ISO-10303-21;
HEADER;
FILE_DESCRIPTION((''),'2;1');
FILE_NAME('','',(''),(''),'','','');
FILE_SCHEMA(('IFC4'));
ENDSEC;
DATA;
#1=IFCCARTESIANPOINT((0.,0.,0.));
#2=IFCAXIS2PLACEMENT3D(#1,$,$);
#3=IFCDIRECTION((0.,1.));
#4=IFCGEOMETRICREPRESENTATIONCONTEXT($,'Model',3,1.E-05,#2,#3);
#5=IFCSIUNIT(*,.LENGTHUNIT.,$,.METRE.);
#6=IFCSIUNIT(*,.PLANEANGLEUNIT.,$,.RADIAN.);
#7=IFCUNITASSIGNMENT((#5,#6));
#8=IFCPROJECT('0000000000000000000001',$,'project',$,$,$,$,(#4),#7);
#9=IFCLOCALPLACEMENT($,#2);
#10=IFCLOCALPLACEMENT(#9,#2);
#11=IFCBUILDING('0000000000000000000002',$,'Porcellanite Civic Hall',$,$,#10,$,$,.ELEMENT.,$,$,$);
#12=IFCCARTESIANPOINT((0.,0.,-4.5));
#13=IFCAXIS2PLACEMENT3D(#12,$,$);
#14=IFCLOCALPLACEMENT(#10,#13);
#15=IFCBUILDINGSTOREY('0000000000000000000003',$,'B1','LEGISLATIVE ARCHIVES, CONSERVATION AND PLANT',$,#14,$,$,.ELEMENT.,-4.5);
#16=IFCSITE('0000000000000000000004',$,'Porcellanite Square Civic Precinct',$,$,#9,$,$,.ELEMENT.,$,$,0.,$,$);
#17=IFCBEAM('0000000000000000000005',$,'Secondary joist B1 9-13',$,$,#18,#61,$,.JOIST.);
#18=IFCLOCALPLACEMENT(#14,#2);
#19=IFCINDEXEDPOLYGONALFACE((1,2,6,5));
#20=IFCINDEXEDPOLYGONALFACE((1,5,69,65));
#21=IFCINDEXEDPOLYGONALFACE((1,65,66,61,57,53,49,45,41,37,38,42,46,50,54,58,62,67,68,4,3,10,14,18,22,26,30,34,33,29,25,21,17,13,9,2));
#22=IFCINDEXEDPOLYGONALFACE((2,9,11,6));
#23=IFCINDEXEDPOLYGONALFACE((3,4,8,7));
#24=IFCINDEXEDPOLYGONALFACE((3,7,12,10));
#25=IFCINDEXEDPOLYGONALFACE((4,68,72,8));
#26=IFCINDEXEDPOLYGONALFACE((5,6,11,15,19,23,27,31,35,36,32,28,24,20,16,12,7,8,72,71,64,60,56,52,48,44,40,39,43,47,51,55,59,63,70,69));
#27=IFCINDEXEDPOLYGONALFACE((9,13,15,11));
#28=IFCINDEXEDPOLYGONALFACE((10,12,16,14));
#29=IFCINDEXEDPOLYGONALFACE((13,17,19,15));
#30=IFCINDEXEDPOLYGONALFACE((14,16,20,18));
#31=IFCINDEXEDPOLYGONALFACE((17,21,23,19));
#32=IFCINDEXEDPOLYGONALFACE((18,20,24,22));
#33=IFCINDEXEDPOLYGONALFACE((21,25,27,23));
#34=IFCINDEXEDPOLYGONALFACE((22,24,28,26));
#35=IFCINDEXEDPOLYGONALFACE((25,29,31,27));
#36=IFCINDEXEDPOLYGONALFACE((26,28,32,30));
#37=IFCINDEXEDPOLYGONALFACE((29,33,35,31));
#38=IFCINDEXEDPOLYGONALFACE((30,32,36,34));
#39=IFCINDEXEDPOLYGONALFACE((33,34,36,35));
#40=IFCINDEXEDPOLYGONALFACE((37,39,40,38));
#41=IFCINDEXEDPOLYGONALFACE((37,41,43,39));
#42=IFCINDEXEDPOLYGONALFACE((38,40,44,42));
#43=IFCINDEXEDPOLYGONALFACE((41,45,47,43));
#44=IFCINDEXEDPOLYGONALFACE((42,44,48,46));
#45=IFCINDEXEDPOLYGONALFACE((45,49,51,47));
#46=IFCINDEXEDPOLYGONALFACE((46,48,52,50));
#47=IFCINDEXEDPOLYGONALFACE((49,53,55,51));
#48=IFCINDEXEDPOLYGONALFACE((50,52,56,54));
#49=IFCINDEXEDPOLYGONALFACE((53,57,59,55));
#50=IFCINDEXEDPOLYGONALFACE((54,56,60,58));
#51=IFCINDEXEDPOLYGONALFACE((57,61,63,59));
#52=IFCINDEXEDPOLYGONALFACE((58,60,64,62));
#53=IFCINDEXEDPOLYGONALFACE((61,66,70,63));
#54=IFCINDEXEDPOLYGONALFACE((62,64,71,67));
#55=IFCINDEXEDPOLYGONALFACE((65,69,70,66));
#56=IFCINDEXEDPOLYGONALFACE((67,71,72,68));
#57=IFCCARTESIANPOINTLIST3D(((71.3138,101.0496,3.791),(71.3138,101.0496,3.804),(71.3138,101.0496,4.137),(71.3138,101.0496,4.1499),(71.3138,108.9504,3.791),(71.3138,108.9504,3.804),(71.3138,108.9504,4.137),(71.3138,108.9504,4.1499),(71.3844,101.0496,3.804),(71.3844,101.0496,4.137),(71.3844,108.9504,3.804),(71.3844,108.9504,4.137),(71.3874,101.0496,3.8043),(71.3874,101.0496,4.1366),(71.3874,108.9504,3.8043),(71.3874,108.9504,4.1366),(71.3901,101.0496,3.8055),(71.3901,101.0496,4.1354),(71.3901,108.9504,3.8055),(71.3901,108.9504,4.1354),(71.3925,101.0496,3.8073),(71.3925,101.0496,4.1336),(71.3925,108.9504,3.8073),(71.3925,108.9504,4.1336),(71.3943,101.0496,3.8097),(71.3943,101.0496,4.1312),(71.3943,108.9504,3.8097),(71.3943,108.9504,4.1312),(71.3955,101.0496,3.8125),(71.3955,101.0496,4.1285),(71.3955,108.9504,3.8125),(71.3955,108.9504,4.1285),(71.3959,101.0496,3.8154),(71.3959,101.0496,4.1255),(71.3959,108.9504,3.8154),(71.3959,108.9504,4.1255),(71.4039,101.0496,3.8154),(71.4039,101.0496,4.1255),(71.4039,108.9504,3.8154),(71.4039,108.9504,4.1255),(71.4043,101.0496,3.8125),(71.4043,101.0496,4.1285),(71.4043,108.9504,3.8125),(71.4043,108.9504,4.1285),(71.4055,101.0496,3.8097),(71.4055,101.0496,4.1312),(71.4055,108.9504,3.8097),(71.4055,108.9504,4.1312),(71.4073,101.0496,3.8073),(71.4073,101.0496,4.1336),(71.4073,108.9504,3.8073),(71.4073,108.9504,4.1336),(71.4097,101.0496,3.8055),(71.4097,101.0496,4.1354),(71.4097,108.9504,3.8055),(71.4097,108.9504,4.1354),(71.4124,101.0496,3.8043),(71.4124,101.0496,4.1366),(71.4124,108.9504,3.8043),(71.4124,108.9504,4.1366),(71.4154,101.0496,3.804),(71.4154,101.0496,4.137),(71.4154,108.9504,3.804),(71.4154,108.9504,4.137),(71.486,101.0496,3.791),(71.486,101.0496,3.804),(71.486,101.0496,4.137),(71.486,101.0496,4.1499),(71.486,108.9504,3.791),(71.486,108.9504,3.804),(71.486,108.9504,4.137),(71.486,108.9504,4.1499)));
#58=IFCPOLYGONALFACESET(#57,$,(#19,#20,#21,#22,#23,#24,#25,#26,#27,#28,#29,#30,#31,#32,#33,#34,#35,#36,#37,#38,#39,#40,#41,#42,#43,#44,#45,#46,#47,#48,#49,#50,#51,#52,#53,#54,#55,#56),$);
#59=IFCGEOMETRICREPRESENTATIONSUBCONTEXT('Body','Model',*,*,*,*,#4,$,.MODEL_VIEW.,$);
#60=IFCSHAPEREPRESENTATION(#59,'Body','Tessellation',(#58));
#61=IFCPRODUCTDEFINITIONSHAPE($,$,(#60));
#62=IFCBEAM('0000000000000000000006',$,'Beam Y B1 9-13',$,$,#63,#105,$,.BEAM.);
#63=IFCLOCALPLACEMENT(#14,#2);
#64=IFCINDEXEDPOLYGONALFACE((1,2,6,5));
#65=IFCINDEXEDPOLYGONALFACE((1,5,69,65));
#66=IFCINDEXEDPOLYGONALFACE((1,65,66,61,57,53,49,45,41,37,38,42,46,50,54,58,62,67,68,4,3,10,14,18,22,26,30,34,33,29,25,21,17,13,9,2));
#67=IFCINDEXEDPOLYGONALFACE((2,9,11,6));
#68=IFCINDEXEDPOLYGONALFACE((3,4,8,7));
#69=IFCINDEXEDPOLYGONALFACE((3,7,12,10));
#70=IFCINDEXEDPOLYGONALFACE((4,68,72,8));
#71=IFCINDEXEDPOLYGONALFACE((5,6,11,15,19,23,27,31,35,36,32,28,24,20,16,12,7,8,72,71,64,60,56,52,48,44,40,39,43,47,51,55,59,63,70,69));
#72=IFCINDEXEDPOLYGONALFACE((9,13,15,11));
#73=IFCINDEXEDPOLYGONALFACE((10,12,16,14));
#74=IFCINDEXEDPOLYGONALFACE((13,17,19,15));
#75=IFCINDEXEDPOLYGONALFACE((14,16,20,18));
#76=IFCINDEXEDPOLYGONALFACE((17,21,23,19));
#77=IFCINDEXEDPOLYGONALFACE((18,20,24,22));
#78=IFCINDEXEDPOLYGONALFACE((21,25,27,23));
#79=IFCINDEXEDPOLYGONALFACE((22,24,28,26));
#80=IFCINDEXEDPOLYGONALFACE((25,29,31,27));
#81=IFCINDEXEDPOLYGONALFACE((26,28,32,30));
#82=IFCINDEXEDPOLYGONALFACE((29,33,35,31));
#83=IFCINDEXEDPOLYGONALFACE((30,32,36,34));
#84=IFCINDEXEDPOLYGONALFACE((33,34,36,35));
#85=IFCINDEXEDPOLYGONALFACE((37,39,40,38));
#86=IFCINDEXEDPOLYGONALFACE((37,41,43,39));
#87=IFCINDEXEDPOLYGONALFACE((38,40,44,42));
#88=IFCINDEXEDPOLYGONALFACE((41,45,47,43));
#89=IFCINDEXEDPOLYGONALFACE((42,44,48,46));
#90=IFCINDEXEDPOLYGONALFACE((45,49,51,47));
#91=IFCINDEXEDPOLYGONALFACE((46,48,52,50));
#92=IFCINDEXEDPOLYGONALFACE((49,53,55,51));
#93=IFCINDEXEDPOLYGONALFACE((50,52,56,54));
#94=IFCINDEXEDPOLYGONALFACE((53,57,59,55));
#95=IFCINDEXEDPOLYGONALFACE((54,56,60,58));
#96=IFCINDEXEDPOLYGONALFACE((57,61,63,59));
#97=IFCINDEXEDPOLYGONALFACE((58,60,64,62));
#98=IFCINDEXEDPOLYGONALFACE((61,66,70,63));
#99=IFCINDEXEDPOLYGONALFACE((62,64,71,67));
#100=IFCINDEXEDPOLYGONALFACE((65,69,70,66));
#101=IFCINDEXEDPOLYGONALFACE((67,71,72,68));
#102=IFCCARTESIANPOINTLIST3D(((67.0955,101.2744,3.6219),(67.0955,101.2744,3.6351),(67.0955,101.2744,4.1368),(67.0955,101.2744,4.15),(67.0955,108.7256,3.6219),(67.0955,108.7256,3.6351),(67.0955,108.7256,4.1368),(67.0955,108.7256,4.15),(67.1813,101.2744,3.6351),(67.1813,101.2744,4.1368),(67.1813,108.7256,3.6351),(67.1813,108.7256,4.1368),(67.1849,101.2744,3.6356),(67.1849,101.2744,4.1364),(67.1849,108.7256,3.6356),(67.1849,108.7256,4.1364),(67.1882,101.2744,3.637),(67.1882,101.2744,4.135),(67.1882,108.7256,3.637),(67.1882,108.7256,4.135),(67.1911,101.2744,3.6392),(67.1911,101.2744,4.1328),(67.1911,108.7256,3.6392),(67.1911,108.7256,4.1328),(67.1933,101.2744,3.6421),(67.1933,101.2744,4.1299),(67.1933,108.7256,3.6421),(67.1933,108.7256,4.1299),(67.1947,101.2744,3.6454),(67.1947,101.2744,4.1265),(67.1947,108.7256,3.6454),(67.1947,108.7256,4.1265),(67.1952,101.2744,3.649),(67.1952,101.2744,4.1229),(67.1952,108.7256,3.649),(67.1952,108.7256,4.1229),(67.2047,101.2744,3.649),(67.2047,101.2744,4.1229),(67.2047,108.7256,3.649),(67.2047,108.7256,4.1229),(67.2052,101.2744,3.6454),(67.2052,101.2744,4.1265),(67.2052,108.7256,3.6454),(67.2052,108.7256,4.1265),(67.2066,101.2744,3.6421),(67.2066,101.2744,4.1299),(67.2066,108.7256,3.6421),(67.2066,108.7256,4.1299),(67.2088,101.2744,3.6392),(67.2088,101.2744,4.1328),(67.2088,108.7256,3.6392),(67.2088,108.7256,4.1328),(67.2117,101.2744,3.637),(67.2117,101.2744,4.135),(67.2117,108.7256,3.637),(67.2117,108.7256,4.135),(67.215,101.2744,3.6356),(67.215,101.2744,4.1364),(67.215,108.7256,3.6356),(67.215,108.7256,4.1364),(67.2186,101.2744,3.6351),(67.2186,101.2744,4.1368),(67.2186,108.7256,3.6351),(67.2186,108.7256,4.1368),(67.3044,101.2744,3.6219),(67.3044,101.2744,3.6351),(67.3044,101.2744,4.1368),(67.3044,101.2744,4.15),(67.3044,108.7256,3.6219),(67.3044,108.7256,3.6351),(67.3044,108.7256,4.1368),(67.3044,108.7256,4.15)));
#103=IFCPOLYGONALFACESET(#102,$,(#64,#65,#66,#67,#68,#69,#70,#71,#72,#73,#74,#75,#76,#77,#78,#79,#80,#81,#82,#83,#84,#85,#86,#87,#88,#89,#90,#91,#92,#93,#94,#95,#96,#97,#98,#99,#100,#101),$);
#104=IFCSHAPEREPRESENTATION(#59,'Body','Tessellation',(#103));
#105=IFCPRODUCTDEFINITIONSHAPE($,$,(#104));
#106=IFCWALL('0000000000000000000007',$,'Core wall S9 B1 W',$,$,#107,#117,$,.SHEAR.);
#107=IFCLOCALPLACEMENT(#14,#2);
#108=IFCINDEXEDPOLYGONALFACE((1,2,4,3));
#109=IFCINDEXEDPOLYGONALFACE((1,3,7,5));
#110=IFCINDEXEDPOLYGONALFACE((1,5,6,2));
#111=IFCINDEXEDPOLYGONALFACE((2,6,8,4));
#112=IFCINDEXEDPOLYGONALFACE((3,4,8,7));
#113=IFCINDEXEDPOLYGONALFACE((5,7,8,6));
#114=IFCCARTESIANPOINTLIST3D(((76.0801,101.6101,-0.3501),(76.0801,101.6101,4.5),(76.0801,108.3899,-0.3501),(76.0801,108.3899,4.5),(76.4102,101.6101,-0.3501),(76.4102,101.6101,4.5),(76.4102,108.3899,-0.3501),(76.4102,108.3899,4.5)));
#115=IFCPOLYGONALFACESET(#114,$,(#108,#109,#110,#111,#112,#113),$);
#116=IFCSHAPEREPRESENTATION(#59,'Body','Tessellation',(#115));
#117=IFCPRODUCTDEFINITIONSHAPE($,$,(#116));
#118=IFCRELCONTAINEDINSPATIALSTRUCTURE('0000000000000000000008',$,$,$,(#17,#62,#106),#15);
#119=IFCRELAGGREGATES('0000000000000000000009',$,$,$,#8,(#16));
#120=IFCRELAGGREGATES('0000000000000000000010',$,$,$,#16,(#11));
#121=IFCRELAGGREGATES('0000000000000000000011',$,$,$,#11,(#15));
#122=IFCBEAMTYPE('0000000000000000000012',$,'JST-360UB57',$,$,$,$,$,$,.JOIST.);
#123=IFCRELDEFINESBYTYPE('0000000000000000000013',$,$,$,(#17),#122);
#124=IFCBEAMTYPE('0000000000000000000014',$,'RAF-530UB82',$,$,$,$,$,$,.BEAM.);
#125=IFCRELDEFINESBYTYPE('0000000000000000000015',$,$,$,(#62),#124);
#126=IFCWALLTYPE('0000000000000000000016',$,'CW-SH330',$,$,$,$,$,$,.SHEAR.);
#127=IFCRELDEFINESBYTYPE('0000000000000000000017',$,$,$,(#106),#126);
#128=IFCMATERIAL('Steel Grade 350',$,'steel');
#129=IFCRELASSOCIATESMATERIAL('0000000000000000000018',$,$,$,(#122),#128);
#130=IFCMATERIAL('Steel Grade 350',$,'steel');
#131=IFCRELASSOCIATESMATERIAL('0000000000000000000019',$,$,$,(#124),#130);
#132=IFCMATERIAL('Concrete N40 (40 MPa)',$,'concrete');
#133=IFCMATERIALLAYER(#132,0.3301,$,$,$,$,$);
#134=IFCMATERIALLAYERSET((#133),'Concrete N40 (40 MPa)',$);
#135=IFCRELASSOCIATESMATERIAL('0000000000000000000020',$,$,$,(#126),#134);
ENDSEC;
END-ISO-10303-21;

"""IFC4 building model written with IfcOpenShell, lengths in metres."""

from ifc_helpers import new_model, si_unit, direction, frame, frame_2d, origin, origin_2d, place, context, subcontext, project, spatial, rectangle, i_section, extrude, material, layer, layer_set, material_profile, profile_set, type_object, element, save


model = new_model("IFC4")

# Units and contexts
model_context = context("Model", 3, precision=1e-05, world=origin(), true_north=direction((0.0, 1.0)))
body_context = subcontext(model_context, "Body", "Model", "MODEL_VIEW")
ifc_project = project(units=[si_unit("LENGTHUNIT", "METRE"), si_unit("PLANEANGLEUNIT", "RADIAN")], contexts=[model_context])

# Site, building, storey
site_placement = place(None, origin())
site = spatial("IfcSite", under=ifc_project, at=site_placement, Name="Porcellanite Square Civic Precinct", CompositionType="ELEMENT", RefElevation=0.0)
building_placement = place(site_placement, origin())
building = spatial("IfcBuilding", under=site, at=building_placement, Name="Porcellanite Civic Hall", CompositionType="ELEMENT")
storey_placement = place(building_placement, frame((0.0, 0.0, -4.5)))
storey = spatial("IfcBuildingStorey", under=building, at=storey_placement, Name="B1", Description="LEGISLATIVE ARCHIVES, CONSERVATION AND PLANT", CompositionType="ELEMENT", Elevation=-4.5)

# Beams
ifc_material_1 = material(Name="Steel Grade 350", Category="steel")
ifc_material_profile_1 = material_profile(ifc_material_1, i_section(OverallWidth=0.1721, OverallDepth=0.3589, WebThickness=0.0081, FlangeThickness=0.0129, FilletRadius=0.0115, at=origin_2d()), Name="360UB56.7")
ifc_profile_set_1 = profile_set([ifc_material_profile_1], Name="Steel Grade 350")
beam_type_1 = type_object("IfcBeamType", Name="JST-360UB57", PredefinedType="JOIST", material=ifc_profile_set_1)
beam_1_placement = place(storey_placement, frame((71.3999, 101.0496, 3.9705), z_axis=(0.0, 1.0, 0.0), x_axis=(-1.0, 0.0, 0.0)))
element("IfcBeam", 1, at=beam_1_placement, inside=storey, type_object=beam_type_1, Name="Secondary joist B1 9-13", PredefinedType="JOIST", context=body_context, shape_type="SweptSolid", body=[
    extrude(i_section(OverallWidth=0.1721, OverallDepth=0.3589, WebThickness=0.0081, FlangeThickness=0.0129, FilletRadius=0.0115, at=origin_2d()), origin(), (0.0, 0.0, 1.0), 7.9009),
])
ifc_material_2 = material(Name="Steel Grade 350", Category="steel")
ifc_material_profile_2 = material_profile(ifc_material_2, i_section(OverallWidth=0.209, OverallDepth=0.5281, WebThickness=0.0095, FlangeThickness=0.0132, FilletRadius=0.0139, at=origin_2d()), Name="530UB82.0")
ifc_profile_set_2 = profile_set([ifc_material_profile_2], Name="Steel Grade 350")
beam_type_2 = type_object("IfcBeamType", Name="RAF-530UB82", PredefinedType="BEAM", material=ifc_profile_set_2)
beam_2_placement = place(storey_placement, frame((67.2, 101.2744, 3.886), z_axis=(0.0, 1.0, 0.0), x_axis=(-1.0, 0.0, 0.0)))
element("IfcBeam", 2, at=beam_2_placement, inside=storey, type_object=beam_type_2, Name="Beam Y B1 9-13", PredefinedType="BEAM", context=body_context, shape_type="SweptSolid", body=[
    extrude(i_section(OverallWidth=0.209, OverallDepth=0.5281, WebThickness=0.0095, FlangeThickness=0.0132, FilletRadius=0.0139, at=origin_2d()), origin(), (0.0, 0.0, 1.0), 7.4512),
])

# Wall
ifc_material_3 = material(Name="Concrete N40 (40 MPa)", Category="concrete")
ifc_layer_1 = layer(ifc_material_3, 0.3301)
ifc_layer_set_1 = layer_set([ifc_layer_1], Name="Concrete N40 (40 MPa)")
wall_type_1 = type_object("IfcWallType", Name="CW-SH330", PredefinedType="SHEAR", material=ifc_layer_set_1)
wall_1_placement = place(storey_placement, frame((76.2451, 101.6101, -0.3501), z_axis=(0.0, 0.0, 1.0), x_axis=(0.0, 1.0, 0.0)))
element("IfcWall", 3, at=wall_1_placement, inside=storey, type_object=wall_type_1, Name="Core wall S9 B1 W", PredefinedType="SHEAR", context=body_context, shape_type="SweptSolid", body=[
    extrude(rectangle(XDim=6.7798, YDim=0.3301, at=frame_2d((3.3899, 0.0))), origin(), (0.0, 0.0, 1.0), 4.8501),
])

save(model, "model.ifc")
